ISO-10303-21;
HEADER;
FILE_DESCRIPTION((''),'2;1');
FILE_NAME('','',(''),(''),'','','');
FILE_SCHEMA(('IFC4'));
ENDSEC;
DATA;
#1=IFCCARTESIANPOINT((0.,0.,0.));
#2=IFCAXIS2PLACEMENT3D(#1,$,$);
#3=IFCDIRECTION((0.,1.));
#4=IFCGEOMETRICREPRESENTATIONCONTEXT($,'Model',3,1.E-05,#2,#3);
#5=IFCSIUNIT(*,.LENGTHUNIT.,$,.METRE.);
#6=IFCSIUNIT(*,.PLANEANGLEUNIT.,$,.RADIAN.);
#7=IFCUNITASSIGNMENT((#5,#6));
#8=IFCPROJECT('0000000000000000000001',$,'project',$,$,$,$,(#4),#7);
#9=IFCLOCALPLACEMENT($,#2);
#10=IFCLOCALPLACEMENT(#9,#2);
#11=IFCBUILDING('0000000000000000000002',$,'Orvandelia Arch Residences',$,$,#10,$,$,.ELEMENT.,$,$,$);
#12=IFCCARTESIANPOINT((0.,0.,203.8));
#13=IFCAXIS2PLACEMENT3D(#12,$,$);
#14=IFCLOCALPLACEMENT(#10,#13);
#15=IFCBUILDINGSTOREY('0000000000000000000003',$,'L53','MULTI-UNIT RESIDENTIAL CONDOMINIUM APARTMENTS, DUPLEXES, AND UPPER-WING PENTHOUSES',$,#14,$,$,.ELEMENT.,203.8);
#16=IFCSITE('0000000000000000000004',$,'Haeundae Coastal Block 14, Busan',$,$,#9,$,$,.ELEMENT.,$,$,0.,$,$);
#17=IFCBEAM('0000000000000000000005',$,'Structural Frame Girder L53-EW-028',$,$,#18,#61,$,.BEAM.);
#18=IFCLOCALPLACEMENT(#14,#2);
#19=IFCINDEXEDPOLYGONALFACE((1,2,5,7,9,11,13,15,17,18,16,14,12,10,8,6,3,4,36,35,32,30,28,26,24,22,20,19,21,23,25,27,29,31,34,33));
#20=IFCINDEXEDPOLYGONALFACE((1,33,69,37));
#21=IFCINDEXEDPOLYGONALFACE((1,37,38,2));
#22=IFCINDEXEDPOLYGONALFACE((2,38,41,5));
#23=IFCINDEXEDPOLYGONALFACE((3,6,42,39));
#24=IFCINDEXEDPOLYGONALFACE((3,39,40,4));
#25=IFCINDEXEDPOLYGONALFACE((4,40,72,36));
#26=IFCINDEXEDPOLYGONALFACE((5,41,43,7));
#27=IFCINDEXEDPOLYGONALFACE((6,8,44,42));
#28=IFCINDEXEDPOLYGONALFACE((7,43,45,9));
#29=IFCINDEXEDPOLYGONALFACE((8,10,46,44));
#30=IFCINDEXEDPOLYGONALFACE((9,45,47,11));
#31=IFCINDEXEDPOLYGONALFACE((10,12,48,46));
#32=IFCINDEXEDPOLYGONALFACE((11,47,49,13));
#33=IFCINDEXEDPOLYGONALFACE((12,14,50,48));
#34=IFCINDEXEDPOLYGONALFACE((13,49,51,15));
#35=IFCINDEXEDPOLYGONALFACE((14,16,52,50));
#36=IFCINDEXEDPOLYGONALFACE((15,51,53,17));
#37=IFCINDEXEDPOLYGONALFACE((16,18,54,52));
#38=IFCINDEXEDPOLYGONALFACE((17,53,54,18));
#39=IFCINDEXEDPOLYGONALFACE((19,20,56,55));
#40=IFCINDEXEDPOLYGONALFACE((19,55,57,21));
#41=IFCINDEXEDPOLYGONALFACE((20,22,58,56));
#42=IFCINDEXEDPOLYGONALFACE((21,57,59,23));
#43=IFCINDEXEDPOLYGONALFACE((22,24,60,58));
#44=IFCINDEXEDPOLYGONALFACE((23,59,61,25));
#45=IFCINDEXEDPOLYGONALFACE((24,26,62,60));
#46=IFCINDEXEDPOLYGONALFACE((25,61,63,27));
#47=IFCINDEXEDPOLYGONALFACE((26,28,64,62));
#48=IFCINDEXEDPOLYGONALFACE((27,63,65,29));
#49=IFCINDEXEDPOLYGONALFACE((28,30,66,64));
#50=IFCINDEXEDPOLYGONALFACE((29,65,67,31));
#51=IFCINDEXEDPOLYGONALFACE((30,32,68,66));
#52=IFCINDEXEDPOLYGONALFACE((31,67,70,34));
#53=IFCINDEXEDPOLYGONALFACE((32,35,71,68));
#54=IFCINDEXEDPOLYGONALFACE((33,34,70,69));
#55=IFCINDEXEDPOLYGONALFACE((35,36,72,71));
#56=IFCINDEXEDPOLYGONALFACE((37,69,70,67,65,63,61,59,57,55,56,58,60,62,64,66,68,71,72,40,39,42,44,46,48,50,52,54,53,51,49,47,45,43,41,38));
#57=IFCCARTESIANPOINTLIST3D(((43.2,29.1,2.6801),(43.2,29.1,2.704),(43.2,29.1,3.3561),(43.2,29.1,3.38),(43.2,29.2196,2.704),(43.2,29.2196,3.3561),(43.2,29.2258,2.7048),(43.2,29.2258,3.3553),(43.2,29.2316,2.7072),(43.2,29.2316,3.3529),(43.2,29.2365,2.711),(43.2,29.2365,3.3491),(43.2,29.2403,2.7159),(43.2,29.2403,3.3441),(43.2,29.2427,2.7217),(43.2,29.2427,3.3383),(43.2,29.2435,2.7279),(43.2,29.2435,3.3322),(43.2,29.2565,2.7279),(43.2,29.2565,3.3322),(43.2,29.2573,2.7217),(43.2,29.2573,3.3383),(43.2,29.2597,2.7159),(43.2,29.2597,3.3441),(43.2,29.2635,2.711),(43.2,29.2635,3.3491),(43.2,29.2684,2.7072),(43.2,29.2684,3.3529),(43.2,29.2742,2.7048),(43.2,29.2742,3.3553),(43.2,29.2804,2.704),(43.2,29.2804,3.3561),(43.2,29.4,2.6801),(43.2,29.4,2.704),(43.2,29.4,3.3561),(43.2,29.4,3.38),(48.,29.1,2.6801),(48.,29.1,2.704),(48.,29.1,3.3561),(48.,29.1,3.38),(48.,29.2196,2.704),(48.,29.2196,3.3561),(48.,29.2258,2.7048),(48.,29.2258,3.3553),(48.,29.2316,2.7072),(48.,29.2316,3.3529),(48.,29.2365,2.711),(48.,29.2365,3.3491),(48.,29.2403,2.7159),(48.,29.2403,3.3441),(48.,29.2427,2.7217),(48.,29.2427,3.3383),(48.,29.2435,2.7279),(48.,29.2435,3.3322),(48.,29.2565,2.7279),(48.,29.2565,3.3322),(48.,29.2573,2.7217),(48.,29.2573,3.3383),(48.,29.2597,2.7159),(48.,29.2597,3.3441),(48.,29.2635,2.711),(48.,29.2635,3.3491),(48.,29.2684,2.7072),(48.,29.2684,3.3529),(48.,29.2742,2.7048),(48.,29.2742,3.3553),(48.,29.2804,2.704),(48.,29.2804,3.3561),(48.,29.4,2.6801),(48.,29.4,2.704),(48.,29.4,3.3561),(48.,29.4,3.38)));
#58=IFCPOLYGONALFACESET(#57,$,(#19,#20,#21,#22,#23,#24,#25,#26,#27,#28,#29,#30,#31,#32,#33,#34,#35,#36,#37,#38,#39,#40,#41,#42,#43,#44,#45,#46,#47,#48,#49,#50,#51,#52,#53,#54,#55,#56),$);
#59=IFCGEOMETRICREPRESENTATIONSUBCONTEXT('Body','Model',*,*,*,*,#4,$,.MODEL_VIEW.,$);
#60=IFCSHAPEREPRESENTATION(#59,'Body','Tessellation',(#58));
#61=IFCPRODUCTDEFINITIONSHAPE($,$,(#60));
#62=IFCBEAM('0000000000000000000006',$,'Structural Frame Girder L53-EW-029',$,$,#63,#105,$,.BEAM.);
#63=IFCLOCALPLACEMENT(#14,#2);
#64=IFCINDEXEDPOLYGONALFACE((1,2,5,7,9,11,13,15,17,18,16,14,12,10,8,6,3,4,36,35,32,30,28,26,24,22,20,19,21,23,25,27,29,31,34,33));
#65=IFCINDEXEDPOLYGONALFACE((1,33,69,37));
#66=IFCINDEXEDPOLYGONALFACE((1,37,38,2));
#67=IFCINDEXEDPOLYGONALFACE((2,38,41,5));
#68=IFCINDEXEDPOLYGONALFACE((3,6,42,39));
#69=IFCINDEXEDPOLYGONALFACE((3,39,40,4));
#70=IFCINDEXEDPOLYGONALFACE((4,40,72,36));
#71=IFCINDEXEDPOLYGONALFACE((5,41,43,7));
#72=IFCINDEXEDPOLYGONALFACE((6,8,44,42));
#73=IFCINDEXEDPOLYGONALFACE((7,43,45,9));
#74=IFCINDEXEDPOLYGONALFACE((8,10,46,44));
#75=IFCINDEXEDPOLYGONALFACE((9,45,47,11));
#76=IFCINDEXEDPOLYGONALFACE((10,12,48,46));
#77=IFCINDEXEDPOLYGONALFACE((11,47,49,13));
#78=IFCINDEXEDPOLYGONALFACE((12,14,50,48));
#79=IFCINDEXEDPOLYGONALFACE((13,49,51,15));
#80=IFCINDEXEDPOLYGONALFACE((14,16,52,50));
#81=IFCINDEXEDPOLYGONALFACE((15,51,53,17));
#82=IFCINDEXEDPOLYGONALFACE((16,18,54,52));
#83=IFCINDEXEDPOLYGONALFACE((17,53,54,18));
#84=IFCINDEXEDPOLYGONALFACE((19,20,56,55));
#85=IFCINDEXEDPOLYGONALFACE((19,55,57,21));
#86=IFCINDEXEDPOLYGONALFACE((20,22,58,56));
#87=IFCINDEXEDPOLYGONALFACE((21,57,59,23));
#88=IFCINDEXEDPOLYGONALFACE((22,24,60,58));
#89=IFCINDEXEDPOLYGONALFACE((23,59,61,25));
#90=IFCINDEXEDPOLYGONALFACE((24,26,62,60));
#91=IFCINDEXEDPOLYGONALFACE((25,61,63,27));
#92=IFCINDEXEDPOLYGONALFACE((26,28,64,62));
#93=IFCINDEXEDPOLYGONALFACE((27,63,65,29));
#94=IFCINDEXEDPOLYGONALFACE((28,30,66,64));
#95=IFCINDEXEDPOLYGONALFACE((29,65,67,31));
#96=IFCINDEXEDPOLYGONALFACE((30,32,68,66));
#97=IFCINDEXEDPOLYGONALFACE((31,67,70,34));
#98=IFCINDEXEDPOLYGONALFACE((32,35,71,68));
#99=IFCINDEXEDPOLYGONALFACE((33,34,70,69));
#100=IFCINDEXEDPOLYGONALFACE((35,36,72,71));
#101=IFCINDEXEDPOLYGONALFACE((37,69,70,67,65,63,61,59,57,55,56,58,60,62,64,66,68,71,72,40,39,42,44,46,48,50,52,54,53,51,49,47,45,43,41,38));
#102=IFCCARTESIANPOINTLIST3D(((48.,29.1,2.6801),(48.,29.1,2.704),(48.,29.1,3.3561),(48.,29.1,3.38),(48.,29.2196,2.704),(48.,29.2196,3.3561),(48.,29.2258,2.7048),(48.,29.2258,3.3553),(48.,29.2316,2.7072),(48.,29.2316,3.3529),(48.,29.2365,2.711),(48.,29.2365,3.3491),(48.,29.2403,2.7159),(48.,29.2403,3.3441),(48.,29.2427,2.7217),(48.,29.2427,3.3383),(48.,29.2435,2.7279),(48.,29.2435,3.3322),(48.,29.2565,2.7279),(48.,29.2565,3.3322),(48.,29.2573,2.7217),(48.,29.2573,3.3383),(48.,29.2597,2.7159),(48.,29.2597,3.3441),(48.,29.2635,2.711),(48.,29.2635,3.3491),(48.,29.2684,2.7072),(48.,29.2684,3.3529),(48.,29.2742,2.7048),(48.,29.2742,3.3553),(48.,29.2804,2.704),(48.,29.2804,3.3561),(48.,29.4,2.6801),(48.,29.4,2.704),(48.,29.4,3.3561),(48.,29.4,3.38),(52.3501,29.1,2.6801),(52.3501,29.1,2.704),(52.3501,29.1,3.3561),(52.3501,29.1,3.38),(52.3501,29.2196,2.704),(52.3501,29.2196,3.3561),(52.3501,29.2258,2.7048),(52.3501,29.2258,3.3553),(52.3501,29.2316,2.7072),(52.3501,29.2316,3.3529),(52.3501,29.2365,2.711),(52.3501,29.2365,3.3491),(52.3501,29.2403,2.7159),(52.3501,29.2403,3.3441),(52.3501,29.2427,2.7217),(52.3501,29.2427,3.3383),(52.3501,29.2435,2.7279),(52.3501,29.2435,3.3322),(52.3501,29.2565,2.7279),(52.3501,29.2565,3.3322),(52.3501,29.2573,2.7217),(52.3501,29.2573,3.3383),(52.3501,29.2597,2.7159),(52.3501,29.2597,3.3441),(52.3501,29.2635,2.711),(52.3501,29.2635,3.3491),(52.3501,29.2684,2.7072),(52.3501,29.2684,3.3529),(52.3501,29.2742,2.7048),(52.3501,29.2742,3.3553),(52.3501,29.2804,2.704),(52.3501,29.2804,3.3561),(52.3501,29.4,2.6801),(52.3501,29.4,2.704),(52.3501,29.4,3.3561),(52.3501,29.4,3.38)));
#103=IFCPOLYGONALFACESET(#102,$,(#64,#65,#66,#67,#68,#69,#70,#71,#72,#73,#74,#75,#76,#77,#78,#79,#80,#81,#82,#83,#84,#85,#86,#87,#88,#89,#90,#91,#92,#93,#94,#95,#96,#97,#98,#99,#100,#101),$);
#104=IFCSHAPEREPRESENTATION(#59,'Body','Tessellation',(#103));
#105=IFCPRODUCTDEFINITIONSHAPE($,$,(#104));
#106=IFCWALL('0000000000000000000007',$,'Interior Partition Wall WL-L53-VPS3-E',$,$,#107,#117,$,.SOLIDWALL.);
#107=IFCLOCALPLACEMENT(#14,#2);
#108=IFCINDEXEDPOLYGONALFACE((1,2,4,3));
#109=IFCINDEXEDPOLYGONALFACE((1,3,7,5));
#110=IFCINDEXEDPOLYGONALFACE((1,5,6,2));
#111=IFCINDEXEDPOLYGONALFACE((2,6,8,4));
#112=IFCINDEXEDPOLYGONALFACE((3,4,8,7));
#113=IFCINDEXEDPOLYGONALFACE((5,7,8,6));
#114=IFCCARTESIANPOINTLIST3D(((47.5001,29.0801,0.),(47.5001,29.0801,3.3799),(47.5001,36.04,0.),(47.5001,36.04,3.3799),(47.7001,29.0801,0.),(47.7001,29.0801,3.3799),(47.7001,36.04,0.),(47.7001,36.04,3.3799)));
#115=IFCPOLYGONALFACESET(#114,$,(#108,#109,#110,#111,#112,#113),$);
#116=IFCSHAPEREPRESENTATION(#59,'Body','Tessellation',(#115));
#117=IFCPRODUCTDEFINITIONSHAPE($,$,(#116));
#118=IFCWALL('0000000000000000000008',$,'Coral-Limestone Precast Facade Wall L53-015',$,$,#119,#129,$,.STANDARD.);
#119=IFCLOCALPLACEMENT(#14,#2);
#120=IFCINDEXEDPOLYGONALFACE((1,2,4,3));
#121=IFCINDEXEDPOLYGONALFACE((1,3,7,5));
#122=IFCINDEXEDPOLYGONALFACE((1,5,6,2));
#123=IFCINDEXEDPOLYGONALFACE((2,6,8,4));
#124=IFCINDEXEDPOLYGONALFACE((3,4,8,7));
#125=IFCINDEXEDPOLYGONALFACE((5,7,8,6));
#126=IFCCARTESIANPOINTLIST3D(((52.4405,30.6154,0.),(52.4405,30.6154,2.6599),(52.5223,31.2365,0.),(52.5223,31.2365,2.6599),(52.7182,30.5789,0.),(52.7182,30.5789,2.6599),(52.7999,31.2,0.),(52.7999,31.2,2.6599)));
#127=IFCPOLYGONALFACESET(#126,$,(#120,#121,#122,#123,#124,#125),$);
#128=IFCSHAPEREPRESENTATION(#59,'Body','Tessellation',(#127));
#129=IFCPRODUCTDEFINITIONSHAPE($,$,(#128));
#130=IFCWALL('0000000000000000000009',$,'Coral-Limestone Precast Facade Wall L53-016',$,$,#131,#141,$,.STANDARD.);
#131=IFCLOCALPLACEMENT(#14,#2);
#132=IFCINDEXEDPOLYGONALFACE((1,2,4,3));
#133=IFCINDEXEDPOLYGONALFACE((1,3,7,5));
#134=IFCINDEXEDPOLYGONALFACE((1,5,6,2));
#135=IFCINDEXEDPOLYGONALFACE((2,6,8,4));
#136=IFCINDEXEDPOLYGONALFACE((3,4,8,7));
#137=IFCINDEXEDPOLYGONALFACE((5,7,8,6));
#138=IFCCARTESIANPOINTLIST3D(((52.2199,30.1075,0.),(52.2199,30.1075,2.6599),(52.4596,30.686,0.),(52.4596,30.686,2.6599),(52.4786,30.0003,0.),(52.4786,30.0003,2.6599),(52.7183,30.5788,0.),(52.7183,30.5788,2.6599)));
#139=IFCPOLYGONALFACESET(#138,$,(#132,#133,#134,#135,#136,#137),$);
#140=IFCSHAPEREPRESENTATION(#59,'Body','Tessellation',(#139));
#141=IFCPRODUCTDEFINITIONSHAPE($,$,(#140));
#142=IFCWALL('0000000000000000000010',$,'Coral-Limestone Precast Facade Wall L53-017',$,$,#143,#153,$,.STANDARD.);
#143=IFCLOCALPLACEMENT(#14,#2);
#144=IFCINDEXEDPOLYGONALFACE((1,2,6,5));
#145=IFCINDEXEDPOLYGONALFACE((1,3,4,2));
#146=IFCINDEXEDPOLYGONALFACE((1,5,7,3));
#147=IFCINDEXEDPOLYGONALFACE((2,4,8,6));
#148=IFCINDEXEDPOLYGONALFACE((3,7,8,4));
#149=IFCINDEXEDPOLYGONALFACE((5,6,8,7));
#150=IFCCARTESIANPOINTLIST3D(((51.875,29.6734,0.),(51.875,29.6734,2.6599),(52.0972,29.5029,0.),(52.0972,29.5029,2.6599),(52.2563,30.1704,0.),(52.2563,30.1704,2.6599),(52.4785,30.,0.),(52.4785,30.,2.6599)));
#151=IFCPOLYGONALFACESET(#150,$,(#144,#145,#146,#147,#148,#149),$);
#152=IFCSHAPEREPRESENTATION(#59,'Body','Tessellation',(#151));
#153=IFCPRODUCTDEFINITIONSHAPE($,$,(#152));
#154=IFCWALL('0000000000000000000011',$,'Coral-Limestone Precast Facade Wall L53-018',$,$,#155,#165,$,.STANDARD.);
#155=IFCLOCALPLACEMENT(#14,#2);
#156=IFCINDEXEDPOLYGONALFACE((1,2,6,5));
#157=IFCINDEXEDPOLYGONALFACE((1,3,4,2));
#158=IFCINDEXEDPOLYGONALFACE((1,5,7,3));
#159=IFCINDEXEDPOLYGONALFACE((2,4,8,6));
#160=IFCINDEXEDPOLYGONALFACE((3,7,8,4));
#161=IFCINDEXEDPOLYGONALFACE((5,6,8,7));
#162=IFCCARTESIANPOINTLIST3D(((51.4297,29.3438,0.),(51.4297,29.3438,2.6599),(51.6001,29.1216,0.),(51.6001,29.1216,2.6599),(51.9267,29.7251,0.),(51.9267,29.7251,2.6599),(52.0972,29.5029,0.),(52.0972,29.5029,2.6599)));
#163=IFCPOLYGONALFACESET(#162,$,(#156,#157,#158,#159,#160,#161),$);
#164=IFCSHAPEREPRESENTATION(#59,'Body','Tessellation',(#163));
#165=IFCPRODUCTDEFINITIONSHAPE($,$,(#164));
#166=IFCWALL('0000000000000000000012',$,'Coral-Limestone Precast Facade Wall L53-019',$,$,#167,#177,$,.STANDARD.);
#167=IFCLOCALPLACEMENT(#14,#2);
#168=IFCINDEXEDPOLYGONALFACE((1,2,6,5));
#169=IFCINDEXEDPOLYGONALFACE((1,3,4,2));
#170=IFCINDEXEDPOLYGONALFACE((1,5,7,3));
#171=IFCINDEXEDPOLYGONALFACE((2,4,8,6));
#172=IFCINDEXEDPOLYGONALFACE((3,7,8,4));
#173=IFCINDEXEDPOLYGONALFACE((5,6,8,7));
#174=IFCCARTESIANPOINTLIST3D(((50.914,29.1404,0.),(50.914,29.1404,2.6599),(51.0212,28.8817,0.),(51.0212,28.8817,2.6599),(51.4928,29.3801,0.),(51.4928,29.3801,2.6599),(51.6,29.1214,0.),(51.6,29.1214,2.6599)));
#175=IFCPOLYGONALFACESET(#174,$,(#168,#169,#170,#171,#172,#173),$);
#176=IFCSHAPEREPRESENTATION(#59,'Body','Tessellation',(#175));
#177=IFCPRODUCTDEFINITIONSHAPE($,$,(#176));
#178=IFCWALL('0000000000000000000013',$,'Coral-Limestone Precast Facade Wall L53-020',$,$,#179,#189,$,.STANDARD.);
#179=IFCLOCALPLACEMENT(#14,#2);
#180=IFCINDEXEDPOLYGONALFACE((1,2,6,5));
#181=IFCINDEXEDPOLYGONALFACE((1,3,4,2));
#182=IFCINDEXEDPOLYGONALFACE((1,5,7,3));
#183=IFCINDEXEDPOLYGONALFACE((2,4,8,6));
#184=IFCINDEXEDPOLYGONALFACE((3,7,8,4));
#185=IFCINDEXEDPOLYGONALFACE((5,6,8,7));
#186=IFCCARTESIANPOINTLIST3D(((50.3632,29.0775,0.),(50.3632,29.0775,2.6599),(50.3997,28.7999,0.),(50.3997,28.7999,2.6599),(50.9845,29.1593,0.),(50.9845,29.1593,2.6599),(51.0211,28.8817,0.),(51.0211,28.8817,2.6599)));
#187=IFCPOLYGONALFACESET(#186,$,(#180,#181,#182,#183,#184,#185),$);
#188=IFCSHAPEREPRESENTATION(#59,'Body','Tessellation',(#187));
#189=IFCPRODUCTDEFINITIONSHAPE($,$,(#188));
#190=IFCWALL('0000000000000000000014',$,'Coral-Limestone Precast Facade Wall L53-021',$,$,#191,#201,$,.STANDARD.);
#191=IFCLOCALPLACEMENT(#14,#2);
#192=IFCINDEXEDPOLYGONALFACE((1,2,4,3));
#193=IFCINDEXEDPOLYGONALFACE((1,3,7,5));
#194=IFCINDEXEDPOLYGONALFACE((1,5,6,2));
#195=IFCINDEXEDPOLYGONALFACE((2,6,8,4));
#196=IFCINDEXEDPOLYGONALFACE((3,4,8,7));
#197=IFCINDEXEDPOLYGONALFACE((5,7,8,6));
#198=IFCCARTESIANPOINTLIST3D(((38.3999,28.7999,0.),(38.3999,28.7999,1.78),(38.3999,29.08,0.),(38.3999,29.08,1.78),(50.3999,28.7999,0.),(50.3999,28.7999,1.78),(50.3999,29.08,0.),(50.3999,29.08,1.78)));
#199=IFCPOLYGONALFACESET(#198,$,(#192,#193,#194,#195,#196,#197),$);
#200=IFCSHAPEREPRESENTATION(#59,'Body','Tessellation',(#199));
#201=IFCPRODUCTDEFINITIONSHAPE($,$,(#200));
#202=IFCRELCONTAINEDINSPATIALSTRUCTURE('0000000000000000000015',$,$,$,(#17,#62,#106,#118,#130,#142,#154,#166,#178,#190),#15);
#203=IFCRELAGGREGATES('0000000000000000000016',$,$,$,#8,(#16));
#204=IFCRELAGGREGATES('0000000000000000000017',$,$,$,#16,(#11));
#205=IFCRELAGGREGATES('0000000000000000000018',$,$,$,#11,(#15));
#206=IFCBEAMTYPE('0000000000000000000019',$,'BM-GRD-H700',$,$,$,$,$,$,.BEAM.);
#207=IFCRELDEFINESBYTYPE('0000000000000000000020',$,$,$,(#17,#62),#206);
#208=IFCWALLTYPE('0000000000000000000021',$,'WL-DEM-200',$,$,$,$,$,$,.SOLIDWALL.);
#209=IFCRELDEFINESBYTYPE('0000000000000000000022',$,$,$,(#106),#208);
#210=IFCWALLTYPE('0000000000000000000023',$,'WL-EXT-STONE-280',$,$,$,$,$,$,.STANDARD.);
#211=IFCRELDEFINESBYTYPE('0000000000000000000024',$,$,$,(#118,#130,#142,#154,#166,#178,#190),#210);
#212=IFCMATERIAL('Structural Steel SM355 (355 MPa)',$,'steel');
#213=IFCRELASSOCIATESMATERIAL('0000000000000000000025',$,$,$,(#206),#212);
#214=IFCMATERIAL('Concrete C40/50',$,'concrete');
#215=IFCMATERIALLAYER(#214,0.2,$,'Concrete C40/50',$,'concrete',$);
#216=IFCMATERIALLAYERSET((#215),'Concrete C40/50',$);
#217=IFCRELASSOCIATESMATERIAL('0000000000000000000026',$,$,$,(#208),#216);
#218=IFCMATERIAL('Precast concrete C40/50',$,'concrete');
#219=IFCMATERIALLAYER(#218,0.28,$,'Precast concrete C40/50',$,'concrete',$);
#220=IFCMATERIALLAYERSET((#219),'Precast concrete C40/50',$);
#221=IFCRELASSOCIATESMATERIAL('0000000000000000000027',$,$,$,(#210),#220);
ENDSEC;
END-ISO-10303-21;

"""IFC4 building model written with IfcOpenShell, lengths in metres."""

from ifc_helpers import new_model, si_unit, direction, frame, frame_2d, origin, origin_2d, place, context, subcontext, project, spatial, rectangle, i_section, extrude, material, layer, layer_set, material_profile, profile_set, type_object, element, save


model = new_model("IFC4")

# Units and contexts
model_context = context("Model", 3, precision=1e-05, world=origin(), true_north=direction((0.0, 1.0)))
body_context = subcontext(model_context, "Body", "Model", "MODEL_VIEW")
ifc_project = project(units=[si_unit("LENGTHUNIT", "METRE"), si_unit("PLANEANGLEUNIT", "RADIAN")], contexts=[model_context])

# Site, building, storey
site_placement = place(None, origin())
site = spatial("IfcSite", under=ifc_project, at=site_placement, Name="Haeundae Coastal Block 14, Busan", CompositionType="ELEMENT", RefElevation=0.0)
building_placement = place(site_placement, origin())
building = spatial("IfcBuilding", under=site, at=building_placement, Name="Orvandelia Arch Residences", CompositionType="ELEMENT")
storey_placement = place(building_placement, frame((0.0, 0.0, 203.8)))
storey = spatial("IfcBuildingStorey", under=building, at=storey_placement, Name="L53", Description="MULTI-UNIT RESIDENTIAL CONDOMINIUM APARTMENTS, DUPLEXES, AND UPPER-WING PENTHOUSES", CompositionType="ELEMENT", Elevation=203.8)

# Beams
ifc_material_1 = material(Name="Structural Steel SM355 (355 MPa)", Category="steel")
ifc_material_profile_1 = material_profile(ifc_material_1, i_section(OverallWidth=0.3, OverallDepth=0.7, WebThickness=0.0129, FlangeThickness=0.0239, FilletRadius=0.0239, at=origin_2d()), Name="Structural Steel SM355 (355 MPa)", Category="steel")
ifc_profile_set_1 = profile_set([ifc_material_profile_1], Name="Structural Steel SM355 (355 MPa)")
beam_type = type_object("IfcBeamType", Name="BM-GRD-H700", PredefinedType="BEAM", material=ifc_profile_set_1)
beam_1_placement = place(storey_placement, frame((43.2, 29.25, 3.03), z_axis=(1.0, 0.0, 0.0), x_axis=(0.0, 1.0, 0.0)))
element("IfcBeam", 1, at=beam_1_placement, inside=storey, type_object=beam_type, Name="Structural Frame Girder L53-EW-028", PredefinedType="BEAM", context=body_context, shape_type="SweptSolid", body=[
    extrude(i_section(OverallWidth=0.3, OverallDepth=0.7, WebThickness=0.0129, FlangeThickness=0.0239, FilletRadius=0.0239, at=origin_2d()), origin(), (0.0, 0.0, 1.0), 4.8),
])
beam_2_placement = place(storey_placement, frame((48.0, 29.25, 3.03), z_axis=(1.0, 0.0, 0.0), x_axis=(0.0, 1.0, 0.0)))
element("IfcBeam", 2, at=beam_2_placement, inside=storey, type_object=beam_type, Name="Structural Frame Girder L53-EW-029", PredefinedType="BEAM", context=body_context, shape_type="SweptSolid", body=[
    extrude(i_section(OverallWidth=0.3, OverallDepth=0.7, WebThickness=0.0129, FlangeThickness=0.0239, FilletRadius=0.0239, at=origin_2d()), origin(), (0.0, 0.0, 1.0), 4.3501),
])

# Walls
ifc_material_2 = material(Name="Concrete C40/50", Category="concrete")
ifc_layer_1 = layer(ifc_material_2, 0.2, Name="Concrete C40/50", Category="concrete")
ifc_layer_set_1 = layer_set([ifc_layer_1], Name="Concrete C40/50")
wall_type_1 = type_object("IfcWallType", Name="WL-DEM-200", PredefinedType="SOLIDWALL", material=ifc_layer_set_1)
wall_1_placement = place(storey_placement, frame((47.6001, 29.0801, 0.0), z_axis=(0.0, 0.0, 1.0), x_axis=(0.0, 1.0, 0.0)))
element("IfcWall", 3, at=wall_1_placement, inside=storey, type_object=wall_type_1, Name="Interior Partition Wall WL-L53-VPS3-E", PredefinedType="SOLIDWALL", context=body_context, shape_type="SweptSolid", body=[
    extrude(rectangle(XDim=6.96, YDim=0.2, at=frame_2d((3.48, 0.0))), origin(), (0.0, 0.0, 1.0), 3.3799),
])
ifc_material_3 = material(Name="Precast concrete C40/50", Category="concrete")
ifc_layer_2 = layer(ifc_material_3, 0.28, Name="Precast concrete C40/50", Category="concrete")
ifc_layer_set_2 = layer_set([ifc_layer_2], Name="Precast concrete C40/50")
wall_type_2 = type_object("IfcWallType", Name="WL-EXT-STONE-280", PredefinedType="STANDARD", material=ifc_layer_set_2)
wall_2_placement = place(storey_placement, frame((52.6611, 31.2183, 0.0), z_axis=(0.0, 0.0, 1.0), x_axis=(-0.130555, -0.991441, 0.0)))
element("IfcWall", 4, at=wall_2_placement, inside=storey, type_object=wall_type_2, Name="Coral-Limestone Precast Facade Wall L53-015", PredefinedType="STANDARD", context=body_context, shape_type="SweptSolid", body=[
    extrude(rectangle(XDim=0.6265, YDim=0.28, at=frame_2d((0.3132, 0.0))), origin(), (0.0, 0.0, 1.0), 2.6599),
])
wall_3_placement = place(storey_placement, frame((52.5889, 30.6323, 0.0), z_axis=(0.0, 0.0, 1.0), x_axis=(-0.382788, -0.923836, 0.0)))
element("IfcWall", 5, at=wall_3_placement, inside=storey, type_object=wall_type_2, Name="Coral-Limestone Precast Facade Wall L53-016", PredefinedType="STANDARD", context=body_context, shape_type="SweptSolid", body=[
    extrude(rectangle(XDim=0.6262, YDim=0.28, at=frame_2d((0.313, 0.0))), origin(), (0.0, 0.0, 1.0), 2.6599),
])
for number, where, z_axis, x_axis, name in (
    (6, (52.3674, 30.0852, 0.0), (0.0, 0.0, 1.0), (-0.608693, -0.793406, 0.0), "Coral-Limestone Precast Facade Wall L53-017"),
    (7, (52.012, 29.614, 0.0), (0.0, 0.0, 1.0), (-0.793406, -0.608693, 0.0), "Coral-Limestone Precast Facade Wall L53-018"),
    (8, (51.5464, 29.2507, 0.0), (0.0, 0.0, 1.0), (-0.923893, -0.38265, 0.0), "Coral-Limestone Precast Facade Wall L53-019"),
):
    element("IfcWall", number, at=place(storey_placement, frame(where, z_axis=z_axis, x_axis=x_axis)), inside=storey, type_object=wall_type_2, Name=name, PredefinedType="STANDARD", context=body_context, shape_type="SweptSolid", body=[
        extrude(rectangle(XDim=0.6265, YDim=0.28, at=frame_2d((0.3132, 0.0))), origin(), (0.0, 0.0, 1.0), 2.6599),
    ])
wall_4_placement = place(storey_placement, frame((51.0029, 29.0205, 0.0), z_axis=(0.0, 0.0, 1.0), x_axis=(-0.991448, -0.130505, 0.0)))
element("IfcWall", 9, at=wall_4_placement, inside=storey, type_object=wall_type_2, Name="Coral-Limestone Precast Facade Wall L53-020", PredefinedType="STANDARD", context=body_context, shape_type="SweptSolid", body=[
    extrude(rectangle(XDim=0.6267, YDim=0.28, at=frame_2d((0.3135, 0.0))), origin(), (0.0, 0.0, 1.0), 2.6599),
])
wall_5_placement = place(storey_placement, frame((50.3999, 28.9399, 0.0), z_axis=(0.0, 0.0, 1.0), x_axis=(-1.0, 0.0, 0.0)))
element("IfcWall", 10, at=wall_5_placement, inside=storey, type_object=wall_type_2, Name="Coral-Limestone Precast Facade Wall L53-021", PredefinedType="STANDARD", context=body_context, shape_type="SweptSolid", body=[
    extrude(rectangle(XDim=12.0, YDim=0.28, at=frame_2d((6.0, 0.0))), origin(), (0.0, 0.0, 1.0), 1.78),
])

save(model, "model.ifc")
